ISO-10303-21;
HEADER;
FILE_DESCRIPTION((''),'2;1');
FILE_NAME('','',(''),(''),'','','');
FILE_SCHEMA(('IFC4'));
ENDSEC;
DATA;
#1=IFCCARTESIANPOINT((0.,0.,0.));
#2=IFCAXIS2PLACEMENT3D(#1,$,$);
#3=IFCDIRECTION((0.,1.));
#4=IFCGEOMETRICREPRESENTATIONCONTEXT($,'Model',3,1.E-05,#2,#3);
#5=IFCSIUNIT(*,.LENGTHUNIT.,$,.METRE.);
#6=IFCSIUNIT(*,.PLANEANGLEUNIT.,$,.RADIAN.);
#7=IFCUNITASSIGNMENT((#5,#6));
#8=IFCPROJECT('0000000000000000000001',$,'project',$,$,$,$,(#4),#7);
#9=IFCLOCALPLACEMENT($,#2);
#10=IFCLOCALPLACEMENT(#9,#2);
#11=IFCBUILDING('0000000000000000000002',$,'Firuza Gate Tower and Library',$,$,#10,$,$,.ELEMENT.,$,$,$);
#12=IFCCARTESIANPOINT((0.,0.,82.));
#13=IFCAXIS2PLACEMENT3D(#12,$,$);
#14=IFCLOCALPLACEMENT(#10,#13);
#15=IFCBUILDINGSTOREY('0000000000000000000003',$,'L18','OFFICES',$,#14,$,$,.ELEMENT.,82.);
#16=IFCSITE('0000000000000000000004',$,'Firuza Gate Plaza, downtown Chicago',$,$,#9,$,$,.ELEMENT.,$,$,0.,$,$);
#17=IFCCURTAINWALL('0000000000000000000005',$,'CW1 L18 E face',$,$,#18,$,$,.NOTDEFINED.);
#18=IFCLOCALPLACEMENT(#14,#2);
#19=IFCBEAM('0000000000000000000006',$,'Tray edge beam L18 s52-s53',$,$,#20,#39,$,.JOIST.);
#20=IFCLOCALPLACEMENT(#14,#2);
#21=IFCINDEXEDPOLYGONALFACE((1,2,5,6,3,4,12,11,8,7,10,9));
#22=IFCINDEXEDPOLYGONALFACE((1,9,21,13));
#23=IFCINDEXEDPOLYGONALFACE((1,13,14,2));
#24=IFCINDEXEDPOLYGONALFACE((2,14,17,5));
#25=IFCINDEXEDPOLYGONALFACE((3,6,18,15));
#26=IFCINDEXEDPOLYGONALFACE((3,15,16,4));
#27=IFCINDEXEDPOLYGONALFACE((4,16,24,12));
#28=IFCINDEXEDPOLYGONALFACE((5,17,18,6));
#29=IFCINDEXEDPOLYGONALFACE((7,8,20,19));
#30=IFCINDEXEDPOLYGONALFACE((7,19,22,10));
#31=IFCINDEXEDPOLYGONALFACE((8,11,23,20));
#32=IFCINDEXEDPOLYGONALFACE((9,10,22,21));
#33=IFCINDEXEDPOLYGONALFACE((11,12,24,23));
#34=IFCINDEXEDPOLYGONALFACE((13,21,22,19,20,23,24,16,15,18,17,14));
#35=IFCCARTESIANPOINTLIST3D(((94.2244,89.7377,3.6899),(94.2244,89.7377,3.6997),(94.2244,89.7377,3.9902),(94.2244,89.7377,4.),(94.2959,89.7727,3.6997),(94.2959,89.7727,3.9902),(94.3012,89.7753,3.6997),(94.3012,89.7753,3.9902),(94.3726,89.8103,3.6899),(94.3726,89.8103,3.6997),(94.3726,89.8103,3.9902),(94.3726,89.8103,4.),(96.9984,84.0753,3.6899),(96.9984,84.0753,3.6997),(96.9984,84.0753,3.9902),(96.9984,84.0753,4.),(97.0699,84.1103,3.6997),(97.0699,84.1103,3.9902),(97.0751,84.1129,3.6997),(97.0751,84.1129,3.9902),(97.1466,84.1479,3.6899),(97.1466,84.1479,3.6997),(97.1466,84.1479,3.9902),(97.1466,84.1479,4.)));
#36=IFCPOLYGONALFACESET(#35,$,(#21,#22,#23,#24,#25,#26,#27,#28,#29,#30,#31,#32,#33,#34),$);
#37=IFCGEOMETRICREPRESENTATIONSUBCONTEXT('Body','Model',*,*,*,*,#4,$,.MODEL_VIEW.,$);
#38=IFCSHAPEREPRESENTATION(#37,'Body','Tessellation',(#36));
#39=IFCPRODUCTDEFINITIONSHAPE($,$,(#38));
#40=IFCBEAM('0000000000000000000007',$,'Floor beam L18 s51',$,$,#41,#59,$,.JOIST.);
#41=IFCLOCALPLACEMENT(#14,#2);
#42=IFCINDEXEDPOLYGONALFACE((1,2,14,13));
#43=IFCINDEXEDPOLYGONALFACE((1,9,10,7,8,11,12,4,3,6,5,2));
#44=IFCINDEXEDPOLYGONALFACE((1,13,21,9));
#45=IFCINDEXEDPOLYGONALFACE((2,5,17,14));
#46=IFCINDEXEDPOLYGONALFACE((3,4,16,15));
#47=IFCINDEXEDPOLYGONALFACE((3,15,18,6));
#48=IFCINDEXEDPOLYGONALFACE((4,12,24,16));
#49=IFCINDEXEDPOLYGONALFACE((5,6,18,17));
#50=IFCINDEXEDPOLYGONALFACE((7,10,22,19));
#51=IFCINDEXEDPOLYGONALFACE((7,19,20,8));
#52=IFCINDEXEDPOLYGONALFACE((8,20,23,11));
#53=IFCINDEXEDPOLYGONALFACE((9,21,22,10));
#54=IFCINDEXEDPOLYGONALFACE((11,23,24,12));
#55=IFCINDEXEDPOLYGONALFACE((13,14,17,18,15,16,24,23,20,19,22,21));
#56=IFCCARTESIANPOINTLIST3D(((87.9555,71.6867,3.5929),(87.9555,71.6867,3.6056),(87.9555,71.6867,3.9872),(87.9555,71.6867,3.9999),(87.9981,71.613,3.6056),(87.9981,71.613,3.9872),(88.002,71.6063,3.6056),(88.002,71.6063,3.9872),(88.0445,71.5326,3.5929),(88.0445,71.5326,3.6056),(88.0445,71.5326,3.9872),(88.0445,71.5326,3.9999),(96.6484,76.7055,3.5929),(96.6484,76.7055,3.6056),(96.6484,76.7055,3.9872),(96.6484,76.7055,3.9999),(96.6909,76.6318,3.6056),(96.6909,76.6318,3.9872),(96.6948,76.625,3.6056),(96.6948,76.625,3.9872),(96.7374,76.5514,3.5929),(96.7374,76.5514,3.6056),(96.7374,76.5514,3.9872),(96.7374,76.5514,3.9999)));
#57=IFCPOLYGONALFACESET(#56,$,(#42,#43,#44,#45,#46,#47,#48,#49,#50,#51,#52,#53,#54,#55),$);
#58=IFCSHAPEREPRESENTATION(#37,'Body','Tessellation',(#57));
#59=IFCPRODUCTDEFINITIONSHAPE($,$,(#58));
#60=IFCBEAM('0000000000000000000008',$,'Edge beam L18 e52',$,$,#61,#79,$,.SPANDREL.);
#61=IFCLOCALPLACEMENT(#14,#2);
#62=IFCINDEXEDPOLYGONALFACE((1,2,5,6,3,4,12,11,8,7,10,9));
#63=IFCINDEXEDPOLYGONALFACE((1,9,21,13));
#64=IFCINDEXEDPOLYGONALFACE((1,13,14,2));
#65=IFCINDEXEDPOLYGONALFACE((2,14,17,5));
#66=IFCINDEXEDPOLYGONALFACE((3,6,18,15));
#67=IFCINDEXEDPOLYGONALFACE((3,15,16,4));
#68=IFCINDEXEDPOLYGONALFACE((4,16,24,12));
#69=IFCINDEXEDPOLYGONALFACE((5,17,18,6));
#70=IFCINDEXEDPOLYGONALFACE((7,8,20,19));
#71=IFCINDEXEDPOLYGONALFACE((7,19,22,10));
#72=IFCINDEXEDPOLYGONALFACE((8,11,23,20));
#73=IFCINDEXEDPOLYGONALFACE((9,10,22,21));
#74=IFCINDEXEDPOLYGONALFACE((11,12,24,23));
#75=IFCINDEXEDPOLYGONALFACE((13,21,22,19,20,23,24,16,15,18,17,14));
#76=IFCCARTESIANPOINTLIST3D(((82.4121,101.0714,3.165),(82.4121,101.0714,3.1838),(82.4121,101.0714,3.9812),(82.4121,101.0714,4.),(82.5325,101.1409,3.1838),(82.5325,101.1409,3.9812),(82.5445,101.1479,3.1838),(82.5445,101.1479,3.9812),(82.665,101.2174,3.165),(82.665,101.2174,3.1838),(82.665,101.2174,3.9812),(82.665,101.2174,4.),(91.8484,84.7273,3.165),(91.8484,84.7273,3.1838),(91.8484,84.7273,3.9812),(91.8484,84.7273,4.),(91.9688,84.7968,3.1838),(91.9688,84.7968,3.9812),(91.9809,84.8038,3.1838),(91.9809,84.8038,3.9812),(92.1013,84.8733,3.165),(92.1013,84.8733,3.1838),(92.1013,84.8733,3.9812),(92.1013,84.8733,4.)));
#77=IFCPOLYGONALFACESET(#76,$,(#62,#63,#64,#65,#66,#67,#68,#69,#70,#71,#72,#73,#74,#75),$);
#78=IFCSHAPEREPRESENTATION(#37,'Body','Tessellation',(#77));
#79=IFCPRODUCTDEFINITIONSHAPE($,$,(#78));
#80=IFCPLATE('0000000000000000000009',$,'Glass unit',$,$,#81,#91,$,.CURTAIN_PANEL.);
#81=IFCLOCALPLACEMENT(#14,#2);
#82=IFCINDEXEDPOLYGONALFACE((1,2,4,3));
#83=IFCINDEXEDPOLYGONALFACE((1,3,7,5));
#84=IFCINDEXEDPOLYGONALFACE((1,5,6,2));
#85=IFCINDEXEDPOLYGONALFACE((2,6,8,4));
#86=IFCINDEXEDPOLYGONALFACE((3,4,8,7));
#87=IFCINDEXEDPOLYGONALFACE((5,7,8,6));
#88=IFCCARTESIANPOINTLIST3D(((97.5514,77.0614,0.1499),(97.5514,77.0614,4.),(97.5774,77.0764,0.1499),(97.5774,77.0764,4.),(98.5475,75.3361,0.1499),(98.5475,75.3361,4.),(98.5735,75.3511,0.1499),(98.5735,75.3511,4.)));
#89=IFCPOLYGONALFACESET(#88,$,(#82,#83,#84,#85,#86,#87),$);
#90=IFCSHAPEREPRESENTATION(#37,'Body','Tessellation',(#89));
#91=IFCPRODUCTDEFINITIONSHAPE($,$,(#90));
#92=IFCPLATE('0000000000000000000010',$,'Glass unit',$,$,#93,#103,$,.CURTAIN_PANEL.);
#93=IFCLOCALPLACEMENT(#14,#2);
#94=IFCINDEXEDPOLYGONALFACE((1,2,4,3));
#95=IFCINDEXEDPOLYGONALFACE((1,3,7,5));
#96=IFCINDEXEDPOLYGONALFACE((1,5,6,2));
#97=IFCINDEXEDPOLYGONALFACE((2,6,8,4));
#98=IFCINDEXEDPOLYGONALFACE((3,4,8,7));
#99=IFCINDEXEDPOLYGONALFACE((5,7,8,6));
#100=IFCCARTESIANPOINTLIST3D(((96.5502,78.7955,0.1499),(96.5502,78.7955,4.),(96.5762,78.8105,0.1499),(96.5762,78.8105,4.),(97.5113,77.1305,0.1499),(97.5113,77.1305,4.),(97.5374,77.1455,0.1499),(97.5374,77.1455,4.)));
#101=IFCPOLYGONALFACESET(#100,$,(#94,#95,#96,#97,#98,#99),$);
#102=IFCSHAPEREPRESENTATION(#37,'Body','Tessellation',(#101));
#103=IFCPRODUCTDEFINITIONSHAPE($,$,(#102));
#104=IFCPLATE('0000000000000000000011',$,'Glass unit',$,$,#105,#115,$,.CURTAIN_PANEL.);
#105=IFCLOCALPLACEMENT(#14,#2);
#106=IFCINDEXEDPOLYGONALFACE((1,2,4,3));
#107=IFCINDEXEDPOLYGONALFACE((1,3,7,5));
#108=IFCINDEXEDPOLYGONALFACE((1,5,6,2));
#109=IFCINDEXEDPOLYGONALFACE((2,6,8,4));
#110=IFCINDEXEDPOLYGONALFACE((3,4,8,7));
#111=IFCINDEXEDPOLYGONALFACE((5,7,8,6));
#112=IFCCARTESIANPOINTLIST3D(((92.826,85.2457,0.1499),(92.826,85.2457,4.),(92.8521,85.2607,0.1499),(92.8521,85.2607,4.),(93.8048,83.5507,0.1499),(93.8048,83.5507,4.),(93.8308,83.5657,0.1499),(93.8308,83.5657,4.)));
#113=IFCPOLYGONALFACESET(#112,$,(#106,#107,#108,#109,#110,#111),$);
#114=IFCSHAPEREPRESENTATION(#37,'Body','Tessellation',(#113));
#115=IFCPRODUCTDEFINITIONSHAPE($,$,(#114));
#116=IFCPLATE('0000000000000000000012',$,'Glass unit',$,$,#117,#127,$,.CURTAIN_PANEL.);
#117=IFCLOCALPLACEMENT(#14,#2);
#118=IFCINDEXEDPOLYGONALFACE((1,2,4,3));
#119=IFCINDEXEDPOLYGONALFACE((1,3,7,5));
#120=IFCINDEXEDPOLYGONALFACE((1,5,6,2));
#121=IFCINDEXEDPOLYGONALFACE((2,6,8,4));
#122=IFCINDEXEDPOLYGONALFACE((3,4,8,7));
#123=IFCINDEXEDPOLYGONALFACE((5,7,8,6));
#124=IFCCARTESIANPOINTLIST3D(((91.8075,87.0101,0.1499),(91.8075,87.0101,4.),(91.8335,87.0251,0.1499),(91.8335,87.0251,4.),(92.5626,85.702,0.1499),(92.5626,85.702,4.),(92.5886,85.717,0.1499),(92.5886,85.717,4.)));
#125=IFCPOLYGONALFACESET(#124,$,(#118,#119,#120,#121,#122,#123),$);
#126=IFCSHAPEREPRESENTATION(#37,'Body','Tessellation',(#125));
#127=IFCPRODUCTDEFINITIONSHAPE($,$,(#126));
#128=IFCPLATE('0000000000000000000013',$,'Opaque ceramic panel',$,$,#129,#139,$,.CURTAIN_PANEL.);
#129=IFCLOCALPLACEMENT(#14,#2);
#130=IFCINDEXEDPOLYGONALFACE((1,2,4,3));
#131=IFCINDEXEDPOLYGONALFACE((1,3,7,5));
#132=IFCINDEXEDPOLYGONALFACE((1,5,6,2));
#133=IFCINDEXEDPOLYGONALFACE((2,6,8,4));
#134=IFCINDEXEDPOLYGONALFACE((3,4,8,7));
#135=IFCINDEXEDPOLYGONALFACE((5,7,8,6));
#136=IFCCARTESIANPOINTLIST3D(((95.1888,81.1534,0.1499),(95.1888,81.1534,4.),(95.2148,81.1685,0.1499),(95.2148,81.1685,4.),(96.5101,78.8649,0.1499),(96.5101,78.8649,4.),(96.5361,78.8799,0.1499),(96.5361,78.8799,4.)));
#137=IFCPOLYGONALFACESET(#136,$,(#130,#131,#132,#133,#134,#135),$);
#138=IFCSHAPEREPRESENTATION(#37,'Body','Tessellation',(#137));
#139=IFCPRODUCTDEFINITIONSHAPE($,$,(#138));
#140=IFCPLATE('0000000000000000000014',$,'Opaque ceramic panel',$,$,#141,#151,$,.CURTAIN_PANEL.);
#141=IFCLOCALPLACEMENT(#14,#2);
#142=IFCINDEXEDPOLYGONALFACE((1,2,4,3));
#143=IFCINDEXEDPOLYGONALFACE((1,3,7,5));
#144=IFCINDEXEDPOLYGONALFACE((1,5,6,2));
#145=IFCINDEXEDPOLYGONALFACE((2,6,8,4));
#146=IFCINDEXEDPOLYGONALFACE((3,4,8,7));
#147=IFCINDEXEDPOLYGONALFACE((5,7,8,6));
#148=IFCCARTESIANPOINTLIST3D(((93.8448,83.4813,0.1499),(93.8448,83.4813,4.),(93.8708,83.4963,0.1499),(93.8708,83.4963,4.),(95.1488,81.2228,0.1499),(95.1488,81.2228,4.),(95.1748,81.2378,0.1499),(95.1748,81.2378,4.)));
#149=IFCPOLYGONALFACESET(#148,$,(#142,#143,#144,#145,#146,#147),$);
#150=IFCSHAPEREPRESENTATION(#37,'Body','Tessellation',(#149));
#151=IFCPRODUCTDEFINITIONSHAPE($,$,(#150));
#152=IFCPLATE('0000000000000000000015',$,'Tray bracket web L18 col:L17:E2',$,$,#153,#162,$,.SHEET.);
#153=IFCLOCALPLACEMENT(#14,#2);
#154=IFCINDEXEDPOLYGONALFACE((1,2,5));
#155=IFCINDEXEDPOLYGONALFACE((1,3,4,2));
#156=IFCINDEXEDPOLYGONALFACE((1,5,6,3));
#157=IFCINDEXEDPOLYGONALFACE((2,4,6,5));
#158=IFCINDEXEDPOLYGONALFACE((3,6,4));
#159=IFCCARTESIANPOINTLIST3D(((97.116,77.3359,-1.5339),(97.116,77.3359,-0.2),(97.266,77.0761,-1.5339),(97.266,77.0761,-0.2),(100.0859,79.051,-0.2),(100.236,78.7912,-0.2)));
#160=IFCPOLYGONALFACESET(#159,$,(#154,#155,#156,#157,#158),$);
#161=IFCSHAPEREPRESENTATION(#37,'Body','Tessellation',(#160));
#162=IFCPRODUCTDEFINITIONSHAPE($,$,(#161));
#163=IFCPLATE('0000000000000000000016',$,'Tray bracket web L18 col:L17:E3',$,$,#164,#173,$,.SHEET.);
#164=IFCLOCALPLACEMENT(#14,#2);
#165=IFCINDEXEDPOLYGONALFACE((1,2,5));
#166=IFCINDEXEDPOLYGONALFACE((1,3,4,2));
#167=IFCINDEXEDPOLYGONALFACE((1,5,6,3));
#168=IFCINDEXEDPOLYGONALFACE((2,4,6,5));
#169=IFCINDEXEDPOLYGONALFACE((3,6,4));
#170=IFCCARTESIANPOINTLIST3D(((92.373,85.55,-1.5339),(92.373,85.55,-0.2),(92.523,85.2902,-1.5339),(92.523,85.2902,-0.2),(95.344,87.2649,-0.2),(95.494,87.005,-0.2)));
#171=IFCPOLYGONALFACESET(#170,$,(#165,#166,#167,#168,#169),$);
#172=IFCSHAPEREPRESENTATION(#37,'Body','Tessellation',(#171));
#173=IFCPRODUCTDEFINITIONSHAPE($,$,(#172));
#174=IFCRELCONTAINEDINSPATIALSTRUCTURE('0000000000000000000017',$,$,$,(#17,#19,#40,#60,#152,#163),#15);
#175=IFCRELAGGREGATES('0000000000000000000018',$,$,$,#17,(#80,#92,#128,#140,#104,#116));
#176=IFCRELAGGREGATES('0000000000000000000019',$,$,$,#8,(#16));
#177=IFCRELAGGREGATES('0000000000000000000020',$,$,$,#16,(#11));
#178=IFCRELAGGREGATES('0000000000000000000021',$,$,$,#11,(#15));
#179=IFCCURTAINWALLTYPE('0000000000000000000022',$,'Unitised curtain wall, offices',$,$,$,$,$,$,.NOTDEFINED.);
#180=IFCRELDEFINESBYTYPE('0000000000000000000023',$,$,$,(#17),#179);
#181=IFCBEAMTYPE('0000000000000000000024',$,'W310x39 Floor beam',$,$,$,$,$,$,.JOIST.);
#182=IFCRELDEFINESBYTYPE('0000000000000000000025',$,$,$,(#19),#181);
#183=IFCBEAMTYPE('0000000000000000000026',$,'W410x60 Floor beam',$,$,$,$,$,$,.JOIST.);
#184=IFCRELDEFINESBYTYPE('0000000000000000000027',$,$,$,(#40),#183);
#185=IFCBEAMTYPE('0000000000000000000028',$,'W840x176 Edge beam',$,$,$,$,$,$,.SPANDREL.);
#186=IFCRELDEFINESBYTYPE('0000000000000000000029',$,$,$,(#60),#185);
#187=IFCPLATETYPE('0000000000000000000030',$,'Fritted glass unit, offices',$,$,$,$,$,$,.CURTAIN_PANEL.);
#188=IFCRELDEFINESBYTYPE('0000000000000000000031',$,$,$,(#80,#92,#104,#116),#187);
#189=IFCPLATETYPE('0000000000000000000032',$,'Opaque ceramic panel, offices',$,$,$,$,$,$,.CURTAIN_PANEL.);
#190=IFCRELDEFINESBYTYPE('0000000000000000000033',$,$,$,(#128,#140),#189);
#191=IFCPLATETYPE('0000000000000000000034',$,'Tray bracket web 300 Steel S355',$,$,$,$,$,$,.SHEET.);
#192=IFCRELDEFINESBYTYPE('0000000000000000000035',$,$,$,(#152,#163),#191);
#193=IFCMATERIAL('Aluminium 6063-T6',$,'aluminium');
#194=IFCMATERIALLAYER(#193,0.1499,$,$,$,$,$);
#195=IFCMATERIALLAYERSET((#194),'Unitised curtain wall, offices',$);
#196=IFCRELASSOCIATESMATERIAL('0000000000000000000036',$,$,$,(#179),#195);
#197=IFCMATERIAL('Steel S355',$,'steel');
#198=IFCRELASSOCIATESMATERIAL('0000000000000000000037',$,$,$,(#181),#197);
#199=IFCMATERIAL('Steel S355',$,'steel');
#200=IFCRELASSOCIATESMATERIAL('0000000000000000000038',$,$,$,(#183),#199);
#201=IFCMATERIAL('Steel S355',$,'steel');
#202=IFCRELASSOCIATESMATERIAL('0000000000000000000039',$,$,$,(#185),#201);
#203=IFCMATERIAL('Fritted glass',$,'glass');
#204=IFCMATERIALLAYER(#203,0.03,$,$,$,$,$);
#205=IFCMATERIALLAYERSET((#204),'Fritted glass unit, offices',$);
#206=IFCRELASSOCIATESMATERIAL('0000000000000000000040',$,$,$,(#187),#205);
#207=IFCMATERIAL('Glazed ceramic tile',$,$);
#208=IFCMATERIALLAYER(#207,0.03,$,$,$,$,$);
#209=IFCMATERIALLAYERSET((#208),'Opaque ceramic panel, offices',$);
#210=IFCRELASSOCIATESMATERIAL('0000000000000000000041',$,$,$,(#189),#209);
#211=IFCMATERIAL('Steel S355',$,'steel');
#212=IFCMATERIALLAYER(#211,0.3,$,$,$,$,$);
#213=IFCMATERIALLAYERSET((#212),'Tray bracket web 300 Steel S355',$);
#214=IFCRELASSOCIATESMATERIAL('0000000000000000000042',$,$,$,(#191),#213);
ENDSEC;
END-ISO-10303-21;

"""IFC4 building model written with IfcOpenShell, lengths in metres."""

from ifc_helpers import new_model, si_unit, direction, frame, origin, origin_2d, place, context, subcontext, project, spatial, polyline, i_section, outline, extrude, material, layer, layer_set, material_profile, profile_set, type_object, element, aggregate, save


model = new_model("IFC4")

# Units and contexts
model_context = context("Model", 3, precision=1e-05, world=origin(), true_north=direction((0.0, 1.0)))
body_context = subcontext(model_context, "Body", "Model", "MODEL_VIEW")
ifc_project = project(units=[si_unit("LENGTHUNIT", "METRE"), si_unit("PLANEANGLEUNIT", "RADIAN")], contexts=[model_context])

# Site, building, storey
site_placement = place(None, origin())
site = spatial("IfcSite", under=ifc_project, at=site_placement, Name="Firuza Gate Plaza, downtown Chicago", CompositionType="ELEMENT", RefElevation=0.0)
building_placement = place(site_placement, origin())
building = spatial("IfcBuilding", under=site, at=building_placement, Name="Firuza Gate Tower and Library", CompositionType="ELEMENT")
storey_placement = place(building_placement, frame((0.0, 0.0, 82.0)))
storey = spatial("IfcBuildingStorey", under=building, at=storey_placement, Name="L18", Description="OFFICES", CompositionType="ELEMENT", Elevation=82.0)

# Curtain wall
ifc_material_1 = material(Name="Aluminium 6063-T6", Category="aluminium")
ifc_layer_1 = layer(ifc_material_1, 0.1499)
ifc_layer_set_1 = layer_set([ifc_layer_1], Name="Unitised curtain wall, offices")
curtain_wall_type = type_object("IfcCurtainWallType", Name="Unitised curtain wall, offices", PredefinedType="NOTDEFINED", material=ifc_layer_set_1)
curtain_wall_placement = place(storey_placement, origin())
curtain_wall = element("IfcCurtainWall", 1, at=curtain_wall_placement, inside=storey, type_object=curtain_wall_type, Name="CW1 L18 E face", PredefinedType="NOTDEFINED")

# Beams
ifc_material_2 = material(Name="Steel S355", Category="steel")
ifc_material_profile_1 = material_profile(ifc_material_2, i_section(OverallWidth=0.165, OverallDepth=0.3101, WebThickness=0.0059, FlangeThickness=0.0098, at=origin_2d()))
ifc_profile_set_1 = profile_set([ifc_material_profile_1], Name="Steel S355")
beam_type_1 = type_object("IfcBeamType", Name="W310x39 Floor beam", PredefinedType="JOIST", material=ifc_profile_set_1)
beam_1_placement = place(storey_placement, frame((97.0725, 84.1116, 3.845), z_axis=(-0.439935, 0.89803, 0.0), x_axis=(-0.89803, -0.439935, 0.0)))
element("IfcBeam", 2, at=beam_1_placement, inside=storey, type_object=beam_type_1, Name="Tray edge beam L18 s52-s53", PredefinedType="JOIST", context=body_context, shape_type="SweptSolid", body=[
    extrude(i_section(OverallWidth=0.165, OverallDepth=0.3101, WebThickness=0.0059, FlangeThickness=0.0098, at=origin_2d()), origin(), (0.0, 0.0, 1.0), 6.3054),
])
ifc_material_3 = material(Name="Steel S355", Category="steel")
ifc_material_profile_2 = material_profile(ifc_material_3, i_section(OverallWidth=0.178, OverallDepth=0.407, WebThickness=0.0078, FlangeThickness=0.0127, at=origin_2d()))
ifc_profile_set_2 = profile_set([ifc_material_profile_2], Name="Steel S355")
beam_type_2 = type_object("IfcBeamType", Name="W410x60 Floor beam", PredefinedType="JOIST", material=ifc_profile_set_2)
beam_2_placement = place(storey_placement, frame((96.6929, 76.6284, 3.7964), z_axis=(-0.866027, -0.499998, 0.0), x_axis=(0.499998, -0.866027, 0.0)))
element("IfcBeam", 3, at=beam_2_placement, inside=storey, type_object=beam_type_2, Name="Floor beam L18 s51", PredefinedType="JOIST", context=body_context, shape_type="SweptSolid", body=[
    extrude(i_section(OverallWidth=0.178, OverallDepth=0.407, WebThickness=0.0078, FlangeThickness=0.0127, at=origin_2d()), origin(), (0.0, 0.0, 1.0), 10.0376),
])
ifc_material_4 = material(Name="Steel S355", Category="steel")
ifc_material_profile_3 = material_profile(ifc_material_4, i_section(OverallWidth=0.292, OverallDepth=0.835, WebThickness=0.0139, FlangeThickness=0.0188, at=origin_2d()))
ifc_profile_set_3 = profile_set([ifc_material_profile_3], Name="Steel S355")
beam_type_3 = type_object("IfcBeamType", Name="W840x176 Edge beam", PredefinedType="SPANDREL", material=ifc_profile_set_3)
beam_3_placement = place(storey_placement, frame((91.9749, 84.8003, 3.5825), z_axis=(-0.500003, 0.866024, 0.0), x_axis=(-0.866024, -0.500003, 0.0)))
element("IfcBeam", 4, at=beam_3_placement, inside=storey, type_object=beam_type_3, Name="Edge beam L18 e52", PredefinedType="SPANDREL", context=body_context, shape_type="SweptSolid", body=[
    extrude(i_section(OverallWidth=0.292, OverallDepth=0.835, WebThickness=0.0139, FlangeThickness=0.0188, at=origin_2d()), origin(), (0.0, 0.0, 1.0), 18.8726),
])

# Plates
ifc_material_5 = material(Name="Fritted glass", Category="glass")
ifc_layer_2 = layer(ifc_material_5, 0.03)
ifc_layer_set_2 = layer_set([ifc_layer_2], Name="Fritted glass unit, offices")
plate_type_1 = type_object("IfcPlateType", Name="Fritted glass unit, offices", PredefinedType="CURTAIN_PANEL", material=ifc_layer_set_2)
plate_1_placement = place(storey_placement, frame((98.5735, 75.3511, 0.1499), z_axis=(0.866033, 0.499988, 0.0), x_axis=(-0.499988, 0.866033, 0.0)))
plate_1 = element("IfcPlate", 5, at=plate_1_placement, type_object=plate_type_1, Name="Glass unit", PredefinedType="CURTAIN_PANEL", context=body_context, shape_type="SweptSolid", body=[
    extrude(outline(polyline([(0.0, 0.0), (1.9922, 0.0), (1.9922, 3.8501), (0.0, 3.8501), (0.0, 0.0)])), origin(), (0.0, 0.0, -1.0), 0.03),
])
plate_2_placement = place(storey_placement, frame((97.5374, 77.1455, 0.1499), z_axis=(0.866054, 0.49995, 0.0), x_axis=(-0.49995, 0.866054, 0.0)))
plate_2 = element("IfcPlate", 6, at=plate_2_placement, type_object=plate_type_1, Name="Glass unit", PredefinedType="CURTAIN_PANEL", context=body_context, shape_type="SweptSolid", body=[
    extrude(outline(polyline([(0.0, 0.0), (1.9226, 0.0), (1.9226, 3.8501), (0.0, 3.8501), (0.0, 0.0)])), origin(), (0.0, 0.0, -1.0), 0.03),
])
plate_3_placement = place(storey_placement, frame((93.8308, 83.5657, 0.1499), z_axis=(0.866001, 0.500043, 0.0), x_axis=(-0.500043, 0.866001, 0.0)))
plate_3 = element("IfcPlate", 7, at=plate_3_placement, type_object=plate_type_1, Name="Glass unit", PredefinedType="CURTAIN_PANEL", context=body_context, shape_type="SweptSolid", body=[
    extrude(outline(polyline([(0.0, 0.0), (1.9574, 0.0), (1.9574, 3.8501), (0.0, 3.8501), (0.0, 0.0)])), origin(), (0.0, 0.0, -1.0), 0.03),
])
plate_4_placement = place(storey_placement, frame((92.5886, 85.717, 0.1499), z_axis=(0.866056, 0.499946, 0.0), x_axis=(-0.499946, 0.866056, 0.0)))
plate_4 = element("IfcPlate", 8, at=plate_4_placement, type_object=plate_type_1, Name="Glass unit", PredefinedType="CURTAIN_PANEL", context=body_context, shape_type="SweptSolid", body=[
    extrude(outline(polyline([(0.0, 0.0), (1.5104, 0.0), (1.5104, 3.8501), (0.0, 3.8501), (0.0, 0.0)])), origin(), (0.0, 0.0, -1.0), 0.03),
])
ifc_material_6 = material(Name="Glazed ceramic tile")
ifc_layer_3 = layer(ifc_material_6, 0.03)
ifc_layer_set_3 = layer_set([ifc_layer_3], Name="Opaque ceramic panel, offices")
plate_type_2 = type_object("IfcPlateType", Name="Opaque ceramic panel, offices", PredefinedType="CURTAIN_PANEL", material=ifc_layer_set_3)
plate_5_placement = place(storey_placement, frame((96.5361, 78.8799, 0.1499), z_axis=(0.866029, 0.499994, 0.0), x_axis=(-0.499994, 0.866029, 0.0)))
plate_5 = element("IfcPlate", 9, at=plate_5_placement, type_object=plate_type_2, Name="Opaque ceramic panel", PredefinedType="CURTAIN_PANEL", context=body_context, shape_type="SweptSolid", body=[
    extrude(outline(polyline([(0.0, 0.0), (2.6426, 0.0), (2.6426, 3.8501), (0.0, 3.8501), (0.0, 0.0)])), origin(), (0.0, 0.0, -1.0), 0.03),
])
plate_6_placement = place(storey_placement, frame((95.1748, 81.2378, 0.1499), z_axis=(0.866028, 0.499995, 0.0), x_axis=(-0.499995, 0.866028, 0.0)))
plate_6 = element("IfcPlate", 10, at=plate_6_placement, type_object=plate_type_2, Name="Opaque ceramic panel", PredefinedType="CURTAIN_PANEL", context=body_context, shape_type="SweptSolid", body=[
    extrude(outline(polyline([(0.0, 0.0), (2.6079, 0.0), (2.6079, 3.8501), (0.0, 3.8501), (0.0, 0.0)])), origin(), (0.0, 0.0, -1.0), 0.03),
])
aggregate(curtain_wall, [plate_1, plate_2, plate_5, plate_6, plate_3, plate_4])

# Plates
ifc_material_7 = material(Name="Steel S355", Category="steel")
ifc_layer_4 = layer(ifc_material_7, 0.3)
ifc_layer_set_4 = layer_set([ifc_layer_4], Name="Tray bracket web 300 Steel S355")
plate_type_3 = type_object("IfcPlateType", Name="Tray bracket web 300 Steel S355", PredefinedType="SHEET", material=ifc_layer_set_4)
plate_7_placement = place(storey_placement, frame((97.116, 77.3359, -0.2), z_axis=(-0.500082, 0.865978, 0.0), x_axis=(0.865978, 0.500082, 0.0)))
element("IfcPlate", 11, at=plate_7_placement, inside=storey, type_object=plate_type_3, Name="Tray bracket web L18 col:L17:E2", PredefinedType="SHEET", context=body_context, shape_type="SweptSolid", body=[
    extrude(outline(polyline([(0.0, 0.0), (3.4296, 0.0), (0.0, 1.334), (0.0, 0.0)])), origin(), (0.0, 0.0, -1.0), 0.3),
])
plate_8_placement = place(storey_placement, frame((92.373, 85.55, -0.2), z_axis=(-0.499905, 0.86608, 0.0), x_axis=(0.86608, 0.499905, 0.0)))
element("IfcPlate", 12, at=plate_8_placement, inside=storey, type_object=plate_type_3, Name="Tray bracket web L18 col:L17:E3", PredefinedType="SHEET", context=body_context, shape_type="SweptSolid", body=[
    extrude(outline(polyline([(0.0, 0.0), (3.4303, 0.0), (0.0, 1.334), (0.0, 0.0)])), origin(), (0.0, 0.0, -1.0), 0.3),
])

save(model, "model.ifc")
